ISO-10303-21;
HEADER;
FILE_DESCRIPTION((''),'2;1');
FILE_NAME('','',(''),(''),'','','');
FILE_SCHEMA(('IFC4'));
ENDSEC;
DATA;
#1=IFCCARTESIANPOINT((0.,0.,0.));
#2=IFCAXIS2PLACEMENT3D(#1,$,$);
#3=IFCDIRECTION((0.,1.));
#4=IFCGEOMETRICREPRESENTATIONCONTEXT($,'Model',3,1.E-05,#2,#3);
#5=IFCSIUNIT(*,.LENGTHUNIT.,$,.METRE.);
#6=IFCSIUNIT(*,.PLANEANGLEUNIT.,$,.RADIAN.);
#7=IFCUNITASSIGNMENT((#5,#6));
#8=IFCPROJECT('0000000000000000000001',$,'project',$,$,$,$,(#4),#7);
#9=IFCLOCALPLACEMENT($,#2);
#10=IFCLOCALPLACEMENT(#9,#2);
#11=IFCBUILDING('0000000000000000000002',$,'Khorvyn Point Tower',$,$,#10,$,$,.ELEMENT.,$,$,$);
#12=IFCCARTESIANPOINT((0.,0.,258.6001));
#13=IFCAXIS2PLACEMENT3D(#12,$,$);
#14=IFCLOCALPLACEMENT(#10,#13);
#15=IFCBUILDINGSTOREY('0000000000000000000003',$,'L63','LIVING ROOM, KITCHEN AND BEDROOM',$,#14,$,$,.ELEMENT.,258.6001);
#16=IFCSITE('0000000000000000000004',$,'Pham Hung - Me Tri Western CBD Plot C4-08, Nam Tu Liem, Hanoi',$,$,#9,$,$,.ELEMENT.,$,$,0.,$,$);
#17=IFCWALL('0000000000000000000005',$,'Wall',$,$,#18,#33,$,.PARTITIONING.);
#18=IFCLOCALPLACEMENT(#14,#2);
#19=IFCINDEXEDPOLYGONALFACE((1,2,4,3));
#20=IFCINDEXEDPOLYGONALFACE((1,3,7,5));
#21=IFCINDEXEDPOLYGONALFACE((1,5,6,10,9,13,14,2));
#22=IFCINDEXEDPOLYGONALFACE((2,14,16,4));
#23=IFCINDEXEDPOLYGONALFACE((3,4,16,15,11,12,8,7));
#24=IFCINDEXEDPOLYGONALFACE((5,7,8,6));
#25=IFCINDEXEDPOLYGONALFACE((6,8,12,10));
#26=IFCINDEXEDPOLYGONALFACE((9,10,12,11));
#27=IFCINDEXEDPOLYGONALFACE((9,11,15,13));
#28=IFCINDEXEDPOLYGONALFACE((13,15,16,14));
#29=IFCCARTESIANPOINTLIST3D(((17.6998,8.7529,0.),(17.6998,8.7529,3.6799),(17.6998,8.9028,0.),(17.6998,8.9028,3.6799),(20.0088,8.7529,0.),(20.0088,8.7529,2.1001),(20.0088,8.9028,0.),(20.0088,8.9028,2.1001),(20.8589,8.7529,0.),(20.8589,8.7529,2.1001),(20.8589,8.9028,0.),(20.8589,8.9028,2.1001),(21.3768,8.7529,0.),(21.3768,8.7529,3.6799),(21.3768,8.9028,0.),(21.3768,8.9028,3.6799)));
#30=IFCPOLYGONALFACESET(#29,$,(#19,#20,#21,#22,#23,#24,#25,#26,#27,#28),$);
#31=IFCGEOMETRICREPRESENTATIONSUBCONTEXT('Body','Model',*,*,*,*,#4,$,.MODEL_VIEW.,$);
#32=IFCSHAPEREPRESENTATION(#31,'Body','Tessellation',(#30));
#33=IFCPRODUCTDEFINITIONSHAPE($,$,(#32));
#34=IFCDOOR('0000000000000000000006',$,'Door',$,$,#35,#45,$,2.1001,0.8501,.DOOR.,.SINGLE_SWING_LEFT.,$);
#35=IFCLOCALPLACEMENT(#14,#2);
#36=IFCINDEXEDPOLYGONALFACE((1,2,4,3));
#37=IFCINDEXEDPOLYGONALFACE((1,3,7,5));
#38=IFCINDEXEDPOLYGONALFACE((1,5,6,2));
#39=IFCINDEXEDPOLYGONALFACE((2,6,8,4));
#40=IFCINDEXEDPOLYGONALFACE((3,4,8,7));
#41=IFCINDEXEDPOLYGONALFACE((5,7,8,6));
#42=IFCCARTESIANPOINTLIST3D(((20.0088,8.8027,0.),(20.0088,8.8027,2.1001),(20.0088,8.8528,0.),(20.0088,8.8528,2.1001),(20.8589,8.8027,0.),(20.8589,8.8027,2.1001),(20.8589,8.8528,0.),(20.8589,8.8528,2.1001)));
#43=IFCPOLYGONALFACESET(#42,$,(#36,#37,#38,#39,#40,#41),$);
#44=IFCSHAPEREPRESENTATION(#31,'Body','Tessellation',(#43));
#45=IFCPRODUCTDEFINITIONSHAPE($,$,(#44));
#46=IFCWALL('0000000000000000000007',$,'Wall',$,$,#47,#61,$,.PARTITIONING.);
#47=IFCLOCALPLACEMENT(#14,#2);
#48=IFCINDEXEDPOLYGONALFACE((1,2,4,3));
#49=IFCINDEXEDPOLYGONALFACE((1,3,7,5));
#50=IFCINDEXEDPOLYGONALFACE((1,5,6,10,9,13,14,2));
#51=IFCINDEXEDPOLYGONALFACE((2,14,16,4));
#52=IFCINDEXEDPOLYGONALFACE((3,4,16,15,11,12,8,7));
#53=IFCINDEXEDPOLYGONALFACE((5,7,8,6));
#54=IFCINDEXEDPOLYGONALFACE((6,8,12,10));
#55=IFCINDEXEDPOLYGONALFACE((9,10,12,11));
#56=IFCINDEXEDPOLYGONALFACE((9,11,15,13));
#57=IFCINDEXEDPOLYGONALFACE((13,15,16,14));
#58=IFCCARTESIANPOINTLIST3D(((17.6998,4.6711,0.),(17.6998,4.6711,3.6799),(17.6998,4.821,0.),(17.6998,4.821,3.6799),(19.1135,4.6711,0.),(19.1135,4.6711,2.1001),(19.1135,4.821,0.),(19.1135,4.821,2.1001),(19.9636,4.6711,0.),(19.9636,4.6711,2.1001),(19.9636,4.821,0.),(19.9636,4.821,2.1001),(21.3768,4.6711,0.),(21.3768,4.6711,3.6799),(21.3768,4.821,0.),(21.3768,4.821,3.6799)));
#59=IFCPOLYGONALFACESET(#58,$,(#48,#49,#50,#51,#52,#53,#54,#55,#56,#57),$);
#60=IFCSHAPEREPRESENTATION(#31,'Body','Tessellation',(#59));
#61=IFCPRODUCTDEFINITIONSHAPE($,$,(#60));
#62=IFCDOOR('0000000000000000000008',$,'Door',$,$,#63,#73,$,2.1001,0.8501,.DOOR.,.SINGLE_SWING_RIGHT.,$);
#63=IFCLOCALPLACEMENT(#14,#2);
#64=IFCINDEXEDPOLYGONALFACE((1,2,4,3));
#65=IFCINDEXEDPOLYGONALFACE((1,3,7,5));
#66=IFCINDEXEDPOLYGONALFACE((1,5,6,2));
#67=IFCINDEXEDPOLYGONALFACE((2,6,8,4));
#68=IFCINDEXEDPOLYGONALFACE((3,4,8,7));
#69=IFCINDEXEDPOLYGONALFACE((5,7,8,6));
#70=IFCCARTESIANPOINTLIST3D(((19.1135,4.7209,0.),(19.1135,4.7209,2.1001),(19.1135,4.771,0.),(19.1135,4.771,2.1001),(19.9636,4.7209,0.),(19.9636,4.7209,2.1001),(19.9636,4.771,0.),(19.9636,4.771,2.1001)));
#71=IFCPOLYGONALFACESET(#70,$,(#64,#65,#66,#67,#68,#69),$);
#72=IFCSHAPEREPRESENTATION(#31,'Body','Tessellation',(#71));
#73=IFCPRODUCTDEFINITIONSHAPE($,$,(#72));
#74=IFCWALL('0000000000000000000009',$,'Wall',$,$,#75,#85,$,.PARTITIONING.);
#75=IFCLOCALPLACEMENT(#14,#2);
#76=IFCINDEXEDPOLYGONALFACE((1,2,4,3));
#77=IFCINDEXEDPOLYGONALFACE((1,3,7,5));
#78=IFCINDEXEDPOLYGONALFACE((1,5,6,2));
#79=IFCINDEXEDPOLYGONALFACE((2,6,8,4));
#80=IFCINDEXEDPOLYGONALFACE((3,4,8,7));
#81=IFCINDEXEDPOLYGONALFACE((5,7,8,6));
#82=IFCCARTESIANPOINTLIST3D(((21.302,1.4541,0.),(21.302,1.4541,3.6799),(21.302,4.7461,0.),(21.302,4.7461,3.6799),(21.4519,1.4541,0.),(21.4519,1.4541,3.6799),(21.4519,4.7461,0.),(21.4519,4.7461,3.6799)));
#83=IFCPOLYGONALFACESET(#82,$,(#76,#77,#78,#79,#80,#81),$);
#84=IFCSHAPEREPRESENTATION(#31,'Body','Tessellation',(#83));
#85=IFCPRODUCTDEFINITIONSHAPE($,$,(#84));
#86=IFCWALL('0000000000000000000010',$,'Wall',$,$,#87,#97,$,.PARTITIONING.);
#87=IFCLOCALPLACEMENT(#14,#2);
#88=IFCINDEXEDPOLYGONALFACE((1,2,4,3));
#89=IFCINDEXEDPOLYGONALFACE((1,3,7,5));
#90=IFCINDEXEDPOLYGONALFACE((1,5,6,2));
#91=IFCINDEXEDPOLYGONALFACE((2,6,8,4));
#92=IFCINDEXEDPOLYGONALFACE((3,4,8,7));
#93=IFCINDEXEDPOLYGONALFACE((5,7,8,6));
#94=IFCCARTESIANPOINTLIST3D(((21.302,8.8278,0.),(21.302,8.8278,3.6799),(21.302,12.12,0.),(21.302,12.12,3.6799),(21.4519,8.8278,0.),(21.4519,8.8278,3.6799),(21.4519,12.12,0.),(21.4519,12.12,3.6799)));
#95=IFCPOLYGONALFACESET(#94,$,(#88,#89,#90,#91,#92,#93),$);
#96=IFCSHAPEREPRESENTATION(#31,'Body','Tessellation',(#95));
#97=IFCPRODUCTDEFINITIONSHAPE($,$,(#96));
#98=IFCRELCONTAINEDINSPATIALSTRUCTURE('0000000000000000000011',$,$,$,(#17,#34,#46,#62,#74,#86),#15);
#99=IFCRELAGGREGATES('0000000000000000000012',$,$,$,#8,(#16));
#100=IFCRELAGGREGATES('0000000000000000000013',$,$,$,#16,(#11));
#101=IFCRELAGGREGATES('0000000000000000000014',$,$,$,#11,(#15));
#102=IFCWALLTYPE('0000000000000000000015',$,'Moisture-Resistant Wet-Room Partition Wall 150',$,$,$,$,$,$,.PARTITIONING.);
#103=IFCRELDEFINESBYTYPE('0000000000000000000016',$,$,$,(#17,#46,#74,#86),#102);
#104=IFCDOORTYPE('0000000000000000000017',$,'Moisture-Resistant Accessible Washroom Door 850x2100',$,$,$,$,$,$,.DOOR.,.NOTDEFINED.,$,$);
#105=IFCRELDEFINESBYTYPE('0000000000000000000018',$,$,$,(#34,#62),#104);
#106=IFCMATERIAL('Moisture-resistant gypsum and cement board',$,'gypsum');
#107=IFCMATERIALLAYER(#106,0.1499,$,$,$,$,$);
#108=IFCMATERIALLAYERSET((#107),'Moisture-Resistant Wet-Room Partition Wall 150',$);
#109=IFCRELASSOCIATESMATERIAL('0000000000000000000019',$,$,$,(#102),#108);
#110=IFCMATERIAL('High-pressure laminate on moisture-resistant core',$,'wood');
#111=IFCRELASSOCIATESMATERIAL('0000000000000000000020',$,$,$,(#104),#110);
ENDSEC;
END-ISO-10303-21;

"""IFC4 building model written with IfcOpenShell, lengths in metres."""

from ifc_helpers import new_model, si_unit, direction, frame, frame_2d, origin, place, context, subcontext, project, spatial, rectangle, extrude, material, layer, layer_set, type_object, element, fill, save


model = new_model("IFC4")

# Units and contexts
model_context = context("Model", 3, precision=1e-05, world=origin(), true_north=direction((0.0, 1.0)))
body_context = subcontext(model_context, "Body", "Model", "MODEL_VIEW")
ifc_project = project(units=[si_unit("LENGTHUNIT", "METRE"), si_unit("PLANEANGLEUNIT", "RADIAN")], contexts=[model_context])

# Site, building, storey
site_placement = place(None, origin())
site = spatial("IfcSite", under=ifc_project, at=site_placement, Name="Pham Hung - Me Tri Western CBD Plot C4-08, Nam Tu Liem, Hanoi", CompositionType="ELEMENT", RefElevation=0.0)
building_placement = place(site_placement, origin())
building = spatial("IfcBuilding", under=site, at=building_placement, Name="Khorvyn Point Tower", CompositionType="ELEMENT")
storey_placement = place(building_placement, frame((0.0, 0.0, 258.6001)))
storey = spatial("IfcBuildingStorey", under=building, at=storey_placement, Name="L63", Description="LIVING ROOM, KITCHEN AND BEDROOM", CompositionType="ELEMENT", Elevation=258.6001)

# Walls, openings, doors
ifc_material_1 = material(Name="Moisture-resistant gypsum and cement board", Category="gypsum")
ifc_layer_1 = layer(ifc_material_1, 0.1499)
ifc_layer_set_1 = layer_set([ifc_layer_1], Name="Moisture-Resistant Wet-Room Partition Wall 150")
wall_type_1 = type_object("IfcWallType", Name="Moisture-Resistant Wet-Room Partition Wall 150", PredefinedType="PARTITIONING", material=ifc_layer_set_1)
wall_1_placement = place(storey_placement, frame((17.7, 8.8279, 0.0), z_axis=(0.0, 0.0, 1.0), x_axis=(1.0, 0.0, 0.0)))
wall_1 = element("IfcWall", 1, at=wall_1_placement, inside=storey, type_object=wall_type_1, Name="Wall", PredefinedType="PARTITIONING", context=body_context, shape_type="SweptSolid", body=[
    extrude(rectangle(XDim=3.677, YDim=0.1499, at=frame_2d((1.8384, 0.0))), origin(), (0.0, 0.0, 1.0), 3.6799),
])
opening_1_placement = place(wall_1_placement, frame((2.3088, 0.0, 0.0)))
opening_1 = element("IfcOpeningElement", 2, at=opening_1_placement, cuts=wall_1, PredefinedType="OPENING", context=body_context, shape_type="SweptSolid", body=[
    extrude(rectangle(XDim=0.8501, YDim=2.1001, at=frame_2d((0.425, 1.05))), frame((0.0, 0.085, 0.0), z_axis=(0.0, -1.0, 0.0), x_axis=(1.0, 0.0, 0.0)), (0.0, 0.0, 1.0), 0.1699),
])
ifc_material_2 = material(Name="High-pressure laminate on moisture-resistant core", Category="wood")
door_type_1 = type_object("IfcDoorType", Name="Moisture-Resistant Accessible Washroom Door 850x2100", OperationType="NOTDEFINED", PredefinedType="DOOR", material=ifc_material_2)
door_1_placement = place(opening_1_placement, origin())
door_1 = element("IfcDoor", 3, at=door_1_placement, inside=storey, type_object=door_type_1, Name="Door", OperationType="SINGLE_SWING_LEFT", OverallHeight=2.1001, OverallWidth=0.8501, PredefinedType="DOOR", context=body_context, shape_type="SweptSolid", body=[
    extrude(rectangle(XDim=0.8501, YDim=2.1001, at=frame_2d((0.425, 1.05))), frame((0.0, 0.0249, 0.0), z_axis=(0.0, -1.0, 0.0), x_axis=(1.0, 0.0, 0.0)), (0.0, 0.0, 1.0), 0.05),
])
fill(opening_1, door_1)
wall_2_placement = place(storey_placement, frame((17.7, 4.7461, 0.0), z_axis=(0.0, 0.0, 1.0), x_axis=(1.0, 0.0, 0.0)))
wall_2 = element("IfcWall", 4, at=wall_2_placement, inside=storey, type_object=wall_type_1, Name="Wall", PredefinedType="PARTITIONING", context=body_context, shape_type="SweptSolid", body=[
    extrude(rectangle(XDim=3.677, YDim=0.1499, at=frame_2d((1.8384, 0.0))), origin(), (0.0, 0.0, 1.0), 3.6799),
])
opening_2_placement = place(wall_2_placement, frame((1.4136, 0.0, 0.0)))
opening_2 = element("IfcOpeningElement", 5, at=opening_2_placement, cuts=wall_2, PredefinedType="OPENING", context=body_context, shape_type="SweptSolid", body=[
    extrude(rectangle(XDim=0.8501, YDim=2.1001, at=frame_2d((0.425, 1.05))), frame((0.0, 0.085, 0.0), z_axis=(0.0, -1.0, 0.0), x_axis=(1.0, 0.0, 0.0)), (0.0, 0.0, 1.0), 0.1699),
])
door_2_placement = place(opening_2_placement, origin())
door_2 = element("IfcDoor", 6, at=door_2_placement, inside=storey, type_object=door_type_1, Name="Door", OperationType="SINGLE_SWING_RIGHT", OverallHeight=2.1001, OverallWidth=0.8501, PredefinedType="DOOR", context=body_context, shape_type="SweptSolid", body=[
    extrude(rectangle(XDim=0.8501, YDim=2.1001, at=frame_2d((0.425, 1.05))), frame((0.0, 0.0249, 0.0), z_axis=(0.0, -1.0, 0.0), x_axis=(1.0, 0.0, 0.0)), (0.0, 0.0, 1.0), 0.05),
])
fill(opening_2, door_2)

# Walls
wall_3_placement = place(storey_placement, frame((21.377, 1.4541, 0.0), z_axis=(0.0, 0.0, 1.0), x_axis=(0.0, 1.0, 0.0)))
element("IfcWall", 7, at=wall_3_placement, inside=storey, type_object=wall_type_1, Name="Wall", PredefinedType="PARTITIONING", context=body_context, shape_type="SweptSolid", body=[
    extrude(rectangle(XDim=3.292, YDim=0.1499, at=frame_2d((1.646, 0.0))), origin(), (0.0, 0.0, 1.0), 3.6799),
])
wall_4_placement = place(storey_placement, frame((21.377, 8.8279, 0.0), z_axis=(0.0, 0.0, 1.0), x_axis=(0.0, 1.0, 0.0)))
element("IfcWall", 8, at=wall_4_placement, inside=storey, type_object=wall_type_1, Name="Wall", PredefinedType="PARTITIONING", context=body_context, shape_type="SweptSolid", body=[
    extrude(rectangle(XDim=3.2922, YDim=0.1499, at=frame_2d((1.646, 0.0))), origin(), (0.0, 0.0, 1.0), 3.6799),
])

save(model, "model.ifc")
